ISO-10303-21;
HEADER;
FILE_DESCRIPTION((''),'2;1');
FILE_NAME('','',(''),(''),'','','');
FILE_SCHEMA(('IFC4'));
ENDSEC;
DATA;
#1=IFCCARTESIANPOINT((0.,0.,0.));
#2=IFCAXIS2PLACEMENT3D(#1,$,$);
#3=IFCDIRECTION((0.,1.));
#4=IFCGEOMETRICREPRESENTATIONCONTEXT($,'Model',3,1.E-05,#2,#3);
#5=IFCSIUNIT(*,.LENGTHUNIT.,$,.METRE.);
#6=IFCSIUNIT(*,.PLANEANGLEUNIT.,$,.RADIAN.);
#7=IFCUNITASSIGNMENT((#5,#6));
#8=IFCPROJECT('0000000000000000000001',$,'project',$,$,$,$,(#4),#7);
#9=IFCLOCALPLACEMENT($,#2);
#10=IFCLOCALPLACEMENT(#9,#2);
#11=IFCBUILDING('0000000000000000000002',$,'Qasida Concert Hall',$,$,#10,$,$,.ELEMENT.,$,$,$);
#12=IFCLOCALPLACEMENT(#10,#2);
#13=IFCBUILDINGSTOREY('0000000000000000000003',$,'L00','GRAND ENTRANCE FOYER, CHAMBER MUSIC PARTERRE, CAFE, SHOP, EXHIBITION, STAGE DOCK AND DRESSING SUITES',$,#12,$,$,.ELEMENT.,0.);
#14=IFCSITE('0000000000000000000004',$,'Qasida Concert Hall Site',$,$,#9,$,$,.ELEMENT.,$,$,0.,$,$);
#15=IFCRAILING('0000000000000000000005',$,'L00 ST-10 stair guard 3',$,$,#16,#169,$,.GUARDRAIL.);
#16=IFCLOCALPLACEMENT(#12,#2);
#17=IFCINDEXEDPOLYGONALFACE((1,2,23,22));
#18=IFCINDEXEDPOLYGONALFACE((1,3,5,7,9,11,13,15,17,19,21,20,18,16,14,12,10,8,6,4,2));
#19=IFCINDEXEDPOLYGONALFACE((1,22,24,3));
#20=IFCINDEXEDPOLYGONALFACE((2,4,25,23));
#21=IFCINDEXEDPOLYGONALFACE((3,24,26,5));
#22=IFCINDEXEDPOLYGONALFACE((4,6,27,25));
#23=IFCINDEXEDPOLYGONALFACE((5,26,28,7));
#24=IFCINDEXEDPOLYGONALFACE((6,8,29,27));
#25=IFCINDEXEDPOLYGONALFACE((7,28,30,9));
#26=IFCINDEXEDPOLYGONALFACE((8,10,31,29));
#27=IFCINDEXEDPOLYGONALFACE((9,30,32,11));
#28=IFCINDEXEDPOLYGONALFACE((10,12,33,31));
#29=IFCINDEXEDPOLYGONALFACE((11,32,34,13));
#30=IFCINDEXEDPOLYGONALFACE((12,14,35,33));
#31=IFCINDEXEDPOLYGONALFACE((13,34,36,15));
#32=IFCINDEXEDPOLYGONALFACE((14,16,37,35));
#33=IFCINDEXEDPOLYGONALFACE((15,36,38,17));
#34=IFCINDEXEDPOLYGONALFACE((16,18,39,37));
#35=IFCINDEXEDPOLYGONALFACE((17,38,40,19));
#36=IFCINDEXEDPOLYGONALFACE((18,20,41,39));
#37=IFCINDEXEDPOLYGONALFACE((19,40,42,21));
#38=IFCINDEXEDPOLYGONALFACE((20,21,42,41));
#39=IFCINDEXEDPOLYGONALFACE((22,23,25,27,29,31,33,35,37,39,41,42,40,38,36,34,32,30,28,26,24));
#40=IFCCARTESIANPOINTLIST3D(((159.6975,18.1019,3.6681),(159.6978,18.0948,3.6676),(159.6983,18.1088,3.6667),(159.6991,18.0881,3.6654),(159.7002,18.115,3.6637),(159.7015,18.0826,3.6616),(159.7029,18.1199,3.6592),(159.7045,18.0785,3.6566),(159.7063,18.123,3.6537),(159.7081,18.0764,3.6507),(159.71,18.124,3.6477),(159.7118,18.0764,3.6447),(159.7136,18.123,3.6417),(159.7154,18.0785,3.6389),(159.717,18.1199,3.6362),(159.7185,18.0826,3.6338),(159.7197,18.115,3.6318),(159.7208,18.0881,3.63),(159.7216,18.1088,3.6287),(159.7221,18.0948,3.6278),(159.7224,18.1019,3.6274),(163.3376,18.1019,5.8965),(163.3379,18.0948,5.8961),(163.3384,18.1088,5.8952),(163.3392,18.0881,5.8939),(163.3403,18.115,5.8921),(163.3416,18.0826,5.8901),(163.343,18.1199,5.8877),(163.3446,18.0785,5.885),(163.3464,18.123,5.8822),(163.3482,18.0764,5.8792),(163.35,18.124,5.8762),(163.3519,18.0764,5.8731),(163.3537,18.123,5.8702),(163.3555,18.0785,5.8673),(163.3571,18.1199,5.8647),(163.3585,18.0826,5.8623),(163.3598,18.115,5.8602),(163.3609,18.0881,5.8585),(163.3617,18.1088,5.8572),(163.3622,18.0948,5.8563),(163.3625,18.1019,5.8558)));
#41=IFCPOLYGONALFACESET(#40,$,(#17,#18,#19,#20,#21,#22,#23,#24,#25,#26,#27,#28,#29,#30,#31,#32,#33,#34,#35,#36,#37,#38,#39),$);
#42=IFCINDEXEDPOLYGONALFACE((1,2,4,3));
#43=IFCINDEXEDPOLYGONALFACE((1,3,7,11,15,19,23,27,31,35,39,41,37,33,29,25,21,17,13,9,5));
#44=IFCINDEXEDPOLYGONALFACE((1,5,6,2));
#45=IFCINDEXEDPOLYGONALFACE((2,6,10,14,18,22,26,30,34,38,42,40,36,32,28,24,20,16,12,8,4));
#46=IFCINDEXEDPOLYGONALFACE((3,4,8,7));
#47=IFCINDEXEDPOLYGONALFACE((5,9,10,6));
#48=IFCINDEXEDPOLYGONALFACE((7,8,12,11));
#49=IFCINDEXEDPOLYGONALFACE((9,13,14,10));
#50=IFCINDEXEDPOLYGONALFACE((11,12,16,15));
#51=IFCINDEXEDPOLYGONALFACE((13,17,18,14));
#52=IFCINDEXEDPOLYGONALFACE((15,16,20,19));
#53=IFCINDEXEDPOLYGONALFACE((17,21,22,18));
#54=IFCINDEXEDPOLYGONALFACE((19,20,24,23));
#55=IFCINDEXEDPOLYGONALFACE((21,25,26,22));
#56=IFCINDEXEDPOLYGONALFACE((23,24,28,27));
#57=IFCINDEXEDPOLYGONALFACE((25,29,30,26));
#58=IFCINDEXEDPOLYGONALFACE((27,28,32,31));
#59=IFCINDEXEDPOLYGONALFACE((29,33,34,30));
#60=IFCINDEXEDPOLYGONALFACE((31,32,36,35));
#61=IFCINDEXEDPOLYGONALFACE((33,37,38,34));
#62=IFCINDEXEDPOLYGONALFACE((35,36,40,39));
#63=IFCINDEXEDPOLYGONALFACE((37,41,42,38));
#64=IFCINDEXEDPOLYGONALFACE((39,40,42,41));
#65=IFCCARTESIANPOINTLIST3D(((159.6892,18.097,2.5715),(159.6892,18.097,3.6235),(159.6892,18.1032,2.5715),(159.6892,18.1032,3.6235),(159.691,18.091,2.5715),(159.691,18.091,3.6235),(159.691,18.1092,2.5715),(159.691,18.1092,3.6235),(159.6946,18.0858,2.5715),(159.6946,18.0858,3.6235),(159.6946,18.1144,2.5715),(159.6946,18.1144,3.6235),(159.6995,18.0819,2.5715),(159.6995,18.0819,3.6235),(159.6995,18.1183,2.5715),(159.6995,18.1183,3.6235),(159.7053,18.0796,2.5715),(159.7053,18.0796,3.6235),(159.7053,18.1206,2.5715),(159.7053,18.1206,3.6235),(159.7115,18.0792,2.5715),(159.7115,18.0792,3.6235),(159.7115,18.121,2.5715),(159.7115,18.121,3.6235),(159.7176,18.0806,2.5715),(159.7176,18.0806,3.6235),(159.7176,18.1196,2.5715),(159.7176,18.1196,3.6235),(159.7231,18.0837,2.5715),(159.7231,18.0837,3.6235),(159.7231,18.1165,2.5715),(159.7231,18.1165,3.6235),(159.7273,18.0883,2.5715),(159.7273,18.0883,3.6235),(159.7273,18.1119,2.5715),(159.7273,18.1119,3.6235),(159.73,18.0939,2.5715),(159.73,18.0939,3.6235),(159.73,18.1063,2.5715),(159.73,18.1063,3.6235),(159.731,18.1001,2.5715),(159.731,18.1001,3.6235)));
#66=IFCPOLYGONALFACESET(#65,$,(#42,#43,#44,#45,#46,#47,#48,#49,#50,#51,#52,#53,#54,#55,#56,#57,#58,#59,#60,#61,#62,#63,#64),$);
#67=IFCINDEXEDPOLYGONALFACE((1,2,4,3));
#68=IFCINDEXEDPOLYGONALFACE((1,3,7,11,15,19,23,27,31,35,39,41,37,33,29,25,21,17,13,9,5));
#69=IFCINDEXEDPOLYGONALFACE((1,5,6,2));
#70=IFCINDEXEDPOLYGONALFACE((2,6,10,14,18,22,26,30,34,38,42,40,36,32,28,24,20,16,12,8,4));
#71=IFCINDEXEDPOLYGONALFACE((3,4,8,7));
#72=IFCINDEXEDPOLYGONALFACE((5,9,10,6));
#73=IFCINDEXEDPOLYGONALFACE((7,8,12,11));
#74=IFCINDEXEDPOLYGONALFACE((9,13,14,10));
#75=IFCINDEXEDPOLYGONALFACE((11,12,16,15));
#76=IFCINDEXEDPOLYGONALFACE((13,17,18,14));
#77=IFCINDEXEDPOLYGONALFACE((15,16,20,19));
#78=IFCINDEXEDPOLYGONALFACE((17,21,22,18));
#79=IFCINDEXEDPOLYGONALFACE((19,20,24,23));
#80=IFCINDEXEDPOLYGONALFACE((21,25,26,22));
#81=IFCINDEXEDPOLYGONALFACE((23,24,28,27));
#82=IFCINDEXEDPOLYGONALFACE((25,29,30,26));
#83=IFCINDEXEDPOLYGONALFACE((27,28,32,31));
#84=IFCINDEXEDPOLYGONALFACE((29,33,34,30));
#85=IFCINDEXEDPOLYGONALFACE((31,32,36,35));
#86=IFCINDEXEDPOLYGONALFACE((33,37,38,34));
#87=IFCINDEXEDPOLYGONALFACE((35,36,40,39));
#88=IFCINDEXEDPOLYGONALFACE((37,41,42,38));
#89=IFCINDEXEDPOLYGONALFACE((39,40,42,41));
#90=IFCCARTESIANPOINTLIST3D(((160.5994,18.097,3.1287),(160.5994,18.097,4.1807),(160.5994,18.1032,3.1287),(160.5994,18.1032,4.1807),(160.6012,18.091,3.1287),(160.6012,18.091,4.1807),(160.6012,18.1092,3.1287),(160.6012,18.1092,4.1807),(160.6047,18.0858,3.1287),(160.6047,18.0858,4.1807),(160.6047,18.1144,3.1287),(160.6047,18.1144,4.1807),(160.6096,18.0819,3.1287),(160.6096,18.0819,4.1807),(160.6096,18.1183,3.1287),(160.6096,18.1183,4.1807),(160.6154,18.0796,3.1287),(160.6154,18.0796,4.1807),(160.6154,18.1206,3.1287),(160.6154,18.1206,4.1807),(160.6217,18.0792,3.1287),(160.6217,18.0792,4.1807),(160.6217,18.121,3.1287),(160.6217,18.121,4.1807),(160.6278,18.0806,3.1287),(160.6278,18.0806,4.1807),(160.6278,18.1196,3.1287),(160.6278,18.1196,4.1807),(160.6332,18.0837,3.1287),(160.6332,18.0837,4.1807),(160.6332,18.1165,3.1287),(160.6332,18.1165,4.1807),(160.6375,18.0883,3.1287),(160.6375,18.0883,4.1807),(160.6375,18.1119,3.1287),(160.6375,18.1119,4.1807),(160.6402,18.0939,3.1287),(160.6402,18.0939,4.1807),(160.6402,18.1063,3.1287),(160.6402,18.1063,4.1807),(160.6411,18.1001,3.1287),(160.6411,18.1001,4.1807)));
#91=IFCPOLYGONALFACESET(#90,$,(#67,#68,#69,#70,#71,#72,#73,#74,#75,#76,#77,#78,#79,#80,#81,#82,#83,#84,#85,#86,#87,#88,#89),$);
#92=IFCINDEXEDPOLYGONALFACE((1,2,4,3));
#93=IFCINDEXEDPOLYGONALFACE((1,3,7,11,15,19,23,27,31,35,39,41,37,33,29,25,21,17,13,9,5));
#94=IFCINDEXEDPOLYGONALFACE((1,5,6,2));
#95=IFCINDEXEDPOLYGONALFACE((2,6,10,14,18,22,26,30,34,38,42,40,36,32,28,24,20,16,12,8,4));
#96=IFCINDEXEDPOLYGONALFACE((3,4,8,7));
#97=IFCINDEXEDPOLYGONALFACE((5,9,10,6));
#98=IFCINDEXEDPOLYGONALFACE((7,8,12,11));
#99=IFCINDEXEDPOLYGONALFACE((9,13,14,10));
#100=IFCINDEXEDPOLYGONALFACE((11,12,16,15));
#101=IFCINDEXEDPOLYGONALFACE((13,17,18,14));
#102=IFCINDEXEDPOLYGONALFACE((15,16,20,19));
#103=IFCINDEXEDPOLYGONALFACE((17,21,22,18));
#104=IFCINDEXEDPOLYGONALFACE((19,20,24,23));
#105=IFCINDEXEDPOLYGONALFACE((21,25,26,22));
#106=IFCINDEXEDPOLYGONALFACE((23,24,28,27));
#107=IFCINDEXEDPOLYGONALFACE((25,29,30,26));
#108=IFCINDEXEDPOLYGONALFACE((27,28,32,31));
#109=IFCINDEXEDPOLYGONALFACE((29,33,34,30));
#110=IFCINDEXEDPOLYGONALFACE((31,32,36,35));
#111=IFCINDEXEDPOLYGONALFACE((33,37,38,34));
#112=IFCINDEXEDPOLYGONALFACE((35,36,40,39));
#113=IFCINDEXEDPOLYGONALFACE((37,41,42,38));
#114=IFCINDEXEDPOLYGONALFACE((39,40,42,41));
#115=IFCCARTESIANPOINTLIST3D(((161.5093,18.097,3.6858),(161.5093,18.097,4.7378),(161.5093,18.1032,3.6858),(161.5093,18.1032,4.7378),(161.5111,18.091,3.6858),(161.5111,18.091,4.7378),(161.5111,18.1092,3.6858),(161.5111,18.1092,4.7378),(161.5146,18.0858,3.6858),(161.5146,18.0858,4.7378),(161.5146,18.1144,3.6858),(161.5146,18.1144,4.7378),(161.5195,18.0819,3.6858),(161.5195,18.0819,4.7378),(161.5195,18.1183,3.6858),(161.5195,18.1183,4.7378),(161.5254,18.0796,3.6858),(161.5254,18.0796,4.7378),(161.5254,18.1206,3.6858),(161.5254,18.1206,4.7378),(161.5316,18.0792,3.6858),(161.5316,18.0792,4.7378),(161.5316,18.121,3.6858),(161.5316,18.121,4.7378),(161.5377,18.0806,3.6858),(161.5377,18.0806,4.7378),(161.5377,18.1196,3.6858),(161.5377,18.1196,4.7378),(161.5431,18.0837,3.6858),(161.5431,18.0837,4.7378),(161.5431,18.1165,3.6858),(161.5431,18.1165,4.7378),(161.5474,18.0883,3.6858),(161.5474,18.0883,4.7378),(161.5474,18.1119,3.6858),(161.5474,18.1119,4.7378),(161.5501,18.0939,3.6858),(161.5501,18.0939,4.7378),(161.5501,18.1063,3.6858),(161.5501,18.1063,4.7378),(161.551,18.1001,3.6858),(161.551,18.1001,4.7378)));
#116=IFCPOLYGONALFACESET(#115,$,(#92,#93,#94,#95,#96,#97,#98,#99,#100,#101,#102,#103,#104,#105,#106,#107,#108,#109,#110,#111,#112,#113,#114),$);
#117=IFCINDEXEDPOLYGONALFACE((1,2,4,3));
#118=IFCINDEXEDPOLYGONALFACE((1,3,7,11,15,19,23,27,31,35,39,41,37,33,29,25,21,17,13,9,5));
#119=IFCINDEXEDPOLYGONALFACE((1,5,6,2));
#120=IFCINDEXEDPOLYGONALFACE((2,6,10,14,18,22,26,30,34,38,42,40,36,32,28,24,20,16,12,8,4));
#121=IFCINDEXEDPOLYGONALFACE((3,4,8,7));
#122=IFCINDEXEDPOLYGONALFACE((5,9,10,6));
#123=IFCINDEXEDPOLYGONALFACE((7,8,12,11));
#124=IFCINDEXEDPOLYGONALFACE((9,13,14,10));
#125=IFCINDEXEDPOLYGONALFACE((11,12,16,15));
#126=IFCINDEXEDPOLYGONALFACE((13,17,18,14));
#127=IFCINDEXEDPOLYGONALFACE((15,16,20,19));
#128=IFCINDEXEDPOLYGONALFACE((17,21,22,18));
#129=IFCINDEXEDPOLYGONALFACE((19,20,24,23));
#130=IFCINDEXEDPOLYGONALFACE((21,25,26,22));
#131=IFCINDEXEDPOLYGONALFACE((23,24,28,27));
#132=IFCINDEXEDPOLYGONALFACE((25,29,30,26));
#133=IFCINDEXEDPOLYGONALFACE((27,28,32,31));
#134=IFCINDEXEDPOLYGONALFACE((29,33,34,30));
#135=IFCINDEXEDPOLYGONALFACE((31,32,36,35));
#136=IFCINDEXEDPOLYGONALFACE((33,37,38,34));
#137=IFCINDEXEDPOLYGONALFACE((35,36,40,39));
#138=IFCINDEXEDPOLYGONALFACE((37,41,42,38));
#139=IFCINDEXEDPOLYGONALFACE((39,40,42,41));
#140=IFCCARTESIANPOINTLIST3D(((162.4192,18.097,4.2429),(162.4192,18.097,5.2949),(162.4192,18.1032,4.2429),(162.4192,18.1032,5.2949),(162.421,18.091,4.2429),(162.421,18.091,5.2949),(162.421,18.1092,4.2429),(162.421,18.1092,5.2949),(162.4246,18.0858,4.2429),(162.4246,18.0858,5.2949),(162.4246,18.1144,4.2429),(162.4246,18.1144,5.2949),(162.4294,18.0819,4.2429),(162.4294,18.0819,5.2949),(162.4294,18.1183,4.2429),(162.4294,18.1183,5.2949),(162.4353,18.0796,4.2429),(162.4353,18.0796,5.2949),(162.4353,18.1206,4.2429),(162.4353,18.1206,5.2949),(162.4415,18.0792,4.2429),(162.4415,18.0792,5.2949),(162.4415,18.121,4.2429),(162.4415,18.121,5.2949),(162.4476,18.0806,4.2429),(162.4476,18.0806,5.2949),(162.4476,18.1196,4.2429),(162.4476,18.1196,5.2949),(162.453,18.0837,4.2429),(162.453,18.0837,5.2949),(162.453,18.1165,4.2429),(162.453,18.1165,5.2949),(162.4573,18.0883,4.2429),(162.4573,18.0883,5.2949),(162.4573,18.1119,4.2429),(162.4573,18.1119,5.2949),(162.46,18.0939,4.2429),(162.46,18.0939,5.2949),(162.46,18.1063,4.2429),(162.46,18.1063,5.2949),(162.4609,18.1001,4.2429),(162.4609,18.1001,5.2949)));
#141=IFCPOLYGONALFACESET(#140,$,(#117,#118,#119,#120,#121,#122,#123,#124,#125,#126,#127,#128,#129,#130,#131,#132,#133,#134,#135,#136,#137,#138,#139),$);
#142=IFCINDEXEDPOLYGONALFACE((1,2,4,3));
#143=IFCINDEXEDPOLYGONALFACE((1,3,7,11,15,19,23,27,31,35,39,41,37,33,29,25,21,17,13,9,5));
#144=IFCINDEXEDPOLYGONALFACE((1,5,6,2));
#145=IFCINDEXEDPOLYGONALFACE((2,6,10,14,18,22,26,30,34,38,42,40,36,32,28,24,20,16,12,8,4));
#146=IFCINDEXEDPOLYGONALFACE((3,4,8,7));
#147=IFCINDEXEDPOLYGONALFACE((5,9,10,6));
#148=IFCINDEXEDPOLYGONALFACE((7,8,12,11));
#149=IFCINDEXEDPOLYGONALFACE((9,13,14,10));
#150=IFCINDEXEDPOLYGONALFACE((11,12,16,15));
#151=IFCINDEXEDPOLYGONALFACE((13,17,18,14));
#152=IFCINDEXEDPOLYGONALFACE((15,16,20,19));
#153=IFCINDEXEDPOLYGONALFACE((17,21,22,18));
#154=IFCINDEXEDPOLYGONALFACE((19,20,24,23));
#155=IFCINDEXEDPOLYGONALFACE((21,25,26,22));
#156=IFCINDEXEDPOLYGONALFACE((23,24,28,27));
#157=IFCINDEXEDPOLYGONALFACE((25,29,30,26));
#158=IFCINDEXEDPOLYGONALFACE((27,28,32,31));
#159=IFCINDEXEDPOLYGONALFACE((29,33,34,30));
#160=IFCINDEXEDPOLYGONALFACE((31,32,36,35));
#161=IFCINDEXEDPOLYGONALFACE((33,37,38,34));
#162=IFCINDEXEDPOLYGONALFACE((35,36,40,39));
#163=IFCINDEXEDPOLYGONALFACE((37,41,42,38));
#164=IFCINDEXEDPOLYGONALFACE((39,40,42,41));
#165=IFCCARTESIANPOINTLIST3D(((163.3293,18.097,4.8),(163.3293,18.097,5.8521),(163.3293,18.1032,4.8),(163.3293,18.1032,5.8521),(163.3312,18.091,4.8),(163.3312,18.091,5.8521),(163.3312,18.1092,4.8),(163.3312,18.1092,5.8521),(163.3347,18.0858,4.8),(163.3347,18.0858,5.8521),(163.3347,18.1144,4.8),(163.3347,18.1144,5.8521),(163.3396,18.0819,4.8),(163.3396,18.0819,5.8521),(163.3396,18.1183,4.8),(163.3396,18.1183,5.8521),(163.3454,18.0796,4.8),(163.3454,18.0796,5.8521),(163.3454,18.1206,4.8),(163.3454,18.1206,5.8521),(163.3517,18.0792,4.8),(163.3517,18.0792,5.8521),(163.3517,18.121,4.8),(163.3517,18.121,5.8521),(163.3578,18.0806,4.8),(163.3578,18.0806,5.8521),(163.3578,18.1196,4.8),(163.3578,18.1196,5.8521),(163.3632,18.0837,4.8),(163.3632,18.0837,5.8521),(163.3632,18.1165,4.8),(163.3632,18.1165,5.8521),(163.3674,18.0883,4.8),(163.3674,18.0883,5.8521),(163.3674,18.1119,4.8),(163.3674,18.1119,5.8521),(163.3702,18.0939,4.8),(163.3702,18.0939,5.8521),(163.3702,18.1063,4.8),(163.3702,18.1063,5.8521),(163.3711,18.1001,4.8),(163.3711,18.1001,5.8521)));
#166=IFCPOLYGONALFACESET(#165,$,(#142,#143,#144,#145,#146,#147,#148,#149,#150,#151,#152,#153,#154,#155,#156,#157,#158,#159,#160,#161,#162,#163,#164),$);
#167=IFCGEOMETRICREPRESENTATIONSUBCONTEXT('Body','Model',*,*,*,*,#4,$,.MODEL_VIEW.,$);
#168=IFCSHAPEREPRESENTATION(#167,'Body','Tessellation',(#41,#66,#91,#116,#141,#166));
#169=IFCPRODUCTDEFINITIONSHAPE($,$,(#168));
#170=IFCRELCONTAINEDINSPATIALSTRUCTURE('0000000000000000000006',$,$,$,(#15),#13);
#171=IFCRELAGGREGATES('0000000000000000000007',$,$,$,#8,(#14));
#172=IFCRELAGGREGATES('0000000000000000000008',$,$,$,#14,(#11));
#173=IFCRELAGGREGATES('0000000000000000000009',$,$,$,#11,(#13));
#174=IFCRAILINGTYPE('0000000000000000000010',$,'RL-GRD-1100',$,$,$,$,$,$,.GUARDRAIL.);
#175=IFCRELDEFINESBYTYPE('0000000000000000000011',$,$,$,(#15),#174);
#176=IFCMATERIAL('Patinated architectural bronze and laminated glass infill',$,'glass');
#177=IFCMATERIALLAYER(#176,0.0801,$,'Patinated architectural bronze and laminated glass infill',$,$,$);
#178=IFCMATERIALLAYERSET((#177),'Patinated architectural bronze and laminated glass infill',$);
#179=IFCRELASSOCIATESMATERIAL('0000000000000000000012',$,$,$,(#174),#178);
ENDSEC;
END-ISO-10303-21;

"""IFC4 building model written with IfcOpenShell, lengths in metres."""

from ifc_helpers import new_model, si_unit, direction, frame, origin, origin_2d, place, context, subcontext, project, spatial, circle, extrude, material, layer, layer_set, type_object, element, save


model = new_model("IFC4")

# Units and contexts
model_context = context("Model", 3, precision=1e-05, world=origin(), true_north=direction((0.0, 1.0)))
body_context = subcontext(model_context, "Body", "Model", "MODEL_VIEW")
ifc_project = project(units=[si_unit("LENGTHUNIT", "METRE"), si_unit("PLANEANGLEUNIT", "RADIAN")], contexts=[model_context])

# Site, building, storey
site_placement = place(None, origin())
site = spatial("IfcSite", under=ifc_project, at=site_placement, Name="Qasida Concert Hall Site", CompositionType="ELEMENT", RefElevation=0.0)
building_placement = place(site_placement, origin())
building = spatial("IfcBuilding", under=site, at=building_placement, Name="Qasida Concert Hall", CompositionType="ELEMENT")
storey_placement = place(building_placement, origin())
storey = spatial("IfcBuildingStorey", under=building, at=storey_placement, Name="L00", Description="GRAND ENTRANCE FOYER, CHAMBER MUSIC PARTERRE, CAFE, SHOP, EXHIBITION, STAGE DOCK AND DRESSING SUITES", CompositionType="ELEMENT", Elevation=0.0)

# Railing
ifc_material_1 = material(Name="Patinated architectural bronze and laminated glass infill", Category="glass")
ifc_layer_1 = layer(ifc_material_1, 0.0801, Name="Patinated architectural bronze and laminated glass infill")
ifc_layer_set_1 = layer_set([ifc_layer_1], Name="Patinated architectural bronze and laminated glass infill")
railing_type_1 = type_object("IfcRailingType", Name="RL-GRD-1100", PredefinedType="GUARDRAIL", material=ifc_layer_set_1)
railing_1_placement = place(storey_placement, frame((159.71, 18.1001, 2.5715)))
element("IfcRailing", 1, at=railing_1_placement, inside=storey, type_object=railing_type_1, Name="L00 ST-10 stair guard 3", PredefinedType="GUARDRAIL", context=body_context, shape_type="SweptSolid", body=[
    extrude(circle(Radius=0.0239, at=origin_2d()), frame((0.0, 0.0, 1.0762), z_axis=(0.852866, 0.0, 0.52213), x_axis=(0.0, 1.0, 0.0)), (0.0, 0.0, 1.0), 4.2681),
    extrude(circle(Radius=0.021, at=origin_2d()), origin(), (0.0, 0.0, 1.0), 1.052),
    extrude(circle(Radius=0.021, at=origin_2d()), frame((0.9102, 0.0, 0.5571)), (0.0, 0.0, 1.0), 1.052),
    extrude(circle(Radius=0.021, at=origin_2d()), frame((1.8201, 0.0, 1.1143)), (0.0, 0.0, 1.0), 1.052),
    extrude(circle(Radius=0.021, at=origin_2d()), frame((2.73, 0.0, 1.6714)), (0.0, 0.0, 1.0), 1.052),
    extrude(circle(Radius=0.021, at=origin_2d()), frame((3.6401, 0.0, 2.2285)), (0.0, 0.0, 1.0), 1.052),
])

save(model, "model.ifc")
